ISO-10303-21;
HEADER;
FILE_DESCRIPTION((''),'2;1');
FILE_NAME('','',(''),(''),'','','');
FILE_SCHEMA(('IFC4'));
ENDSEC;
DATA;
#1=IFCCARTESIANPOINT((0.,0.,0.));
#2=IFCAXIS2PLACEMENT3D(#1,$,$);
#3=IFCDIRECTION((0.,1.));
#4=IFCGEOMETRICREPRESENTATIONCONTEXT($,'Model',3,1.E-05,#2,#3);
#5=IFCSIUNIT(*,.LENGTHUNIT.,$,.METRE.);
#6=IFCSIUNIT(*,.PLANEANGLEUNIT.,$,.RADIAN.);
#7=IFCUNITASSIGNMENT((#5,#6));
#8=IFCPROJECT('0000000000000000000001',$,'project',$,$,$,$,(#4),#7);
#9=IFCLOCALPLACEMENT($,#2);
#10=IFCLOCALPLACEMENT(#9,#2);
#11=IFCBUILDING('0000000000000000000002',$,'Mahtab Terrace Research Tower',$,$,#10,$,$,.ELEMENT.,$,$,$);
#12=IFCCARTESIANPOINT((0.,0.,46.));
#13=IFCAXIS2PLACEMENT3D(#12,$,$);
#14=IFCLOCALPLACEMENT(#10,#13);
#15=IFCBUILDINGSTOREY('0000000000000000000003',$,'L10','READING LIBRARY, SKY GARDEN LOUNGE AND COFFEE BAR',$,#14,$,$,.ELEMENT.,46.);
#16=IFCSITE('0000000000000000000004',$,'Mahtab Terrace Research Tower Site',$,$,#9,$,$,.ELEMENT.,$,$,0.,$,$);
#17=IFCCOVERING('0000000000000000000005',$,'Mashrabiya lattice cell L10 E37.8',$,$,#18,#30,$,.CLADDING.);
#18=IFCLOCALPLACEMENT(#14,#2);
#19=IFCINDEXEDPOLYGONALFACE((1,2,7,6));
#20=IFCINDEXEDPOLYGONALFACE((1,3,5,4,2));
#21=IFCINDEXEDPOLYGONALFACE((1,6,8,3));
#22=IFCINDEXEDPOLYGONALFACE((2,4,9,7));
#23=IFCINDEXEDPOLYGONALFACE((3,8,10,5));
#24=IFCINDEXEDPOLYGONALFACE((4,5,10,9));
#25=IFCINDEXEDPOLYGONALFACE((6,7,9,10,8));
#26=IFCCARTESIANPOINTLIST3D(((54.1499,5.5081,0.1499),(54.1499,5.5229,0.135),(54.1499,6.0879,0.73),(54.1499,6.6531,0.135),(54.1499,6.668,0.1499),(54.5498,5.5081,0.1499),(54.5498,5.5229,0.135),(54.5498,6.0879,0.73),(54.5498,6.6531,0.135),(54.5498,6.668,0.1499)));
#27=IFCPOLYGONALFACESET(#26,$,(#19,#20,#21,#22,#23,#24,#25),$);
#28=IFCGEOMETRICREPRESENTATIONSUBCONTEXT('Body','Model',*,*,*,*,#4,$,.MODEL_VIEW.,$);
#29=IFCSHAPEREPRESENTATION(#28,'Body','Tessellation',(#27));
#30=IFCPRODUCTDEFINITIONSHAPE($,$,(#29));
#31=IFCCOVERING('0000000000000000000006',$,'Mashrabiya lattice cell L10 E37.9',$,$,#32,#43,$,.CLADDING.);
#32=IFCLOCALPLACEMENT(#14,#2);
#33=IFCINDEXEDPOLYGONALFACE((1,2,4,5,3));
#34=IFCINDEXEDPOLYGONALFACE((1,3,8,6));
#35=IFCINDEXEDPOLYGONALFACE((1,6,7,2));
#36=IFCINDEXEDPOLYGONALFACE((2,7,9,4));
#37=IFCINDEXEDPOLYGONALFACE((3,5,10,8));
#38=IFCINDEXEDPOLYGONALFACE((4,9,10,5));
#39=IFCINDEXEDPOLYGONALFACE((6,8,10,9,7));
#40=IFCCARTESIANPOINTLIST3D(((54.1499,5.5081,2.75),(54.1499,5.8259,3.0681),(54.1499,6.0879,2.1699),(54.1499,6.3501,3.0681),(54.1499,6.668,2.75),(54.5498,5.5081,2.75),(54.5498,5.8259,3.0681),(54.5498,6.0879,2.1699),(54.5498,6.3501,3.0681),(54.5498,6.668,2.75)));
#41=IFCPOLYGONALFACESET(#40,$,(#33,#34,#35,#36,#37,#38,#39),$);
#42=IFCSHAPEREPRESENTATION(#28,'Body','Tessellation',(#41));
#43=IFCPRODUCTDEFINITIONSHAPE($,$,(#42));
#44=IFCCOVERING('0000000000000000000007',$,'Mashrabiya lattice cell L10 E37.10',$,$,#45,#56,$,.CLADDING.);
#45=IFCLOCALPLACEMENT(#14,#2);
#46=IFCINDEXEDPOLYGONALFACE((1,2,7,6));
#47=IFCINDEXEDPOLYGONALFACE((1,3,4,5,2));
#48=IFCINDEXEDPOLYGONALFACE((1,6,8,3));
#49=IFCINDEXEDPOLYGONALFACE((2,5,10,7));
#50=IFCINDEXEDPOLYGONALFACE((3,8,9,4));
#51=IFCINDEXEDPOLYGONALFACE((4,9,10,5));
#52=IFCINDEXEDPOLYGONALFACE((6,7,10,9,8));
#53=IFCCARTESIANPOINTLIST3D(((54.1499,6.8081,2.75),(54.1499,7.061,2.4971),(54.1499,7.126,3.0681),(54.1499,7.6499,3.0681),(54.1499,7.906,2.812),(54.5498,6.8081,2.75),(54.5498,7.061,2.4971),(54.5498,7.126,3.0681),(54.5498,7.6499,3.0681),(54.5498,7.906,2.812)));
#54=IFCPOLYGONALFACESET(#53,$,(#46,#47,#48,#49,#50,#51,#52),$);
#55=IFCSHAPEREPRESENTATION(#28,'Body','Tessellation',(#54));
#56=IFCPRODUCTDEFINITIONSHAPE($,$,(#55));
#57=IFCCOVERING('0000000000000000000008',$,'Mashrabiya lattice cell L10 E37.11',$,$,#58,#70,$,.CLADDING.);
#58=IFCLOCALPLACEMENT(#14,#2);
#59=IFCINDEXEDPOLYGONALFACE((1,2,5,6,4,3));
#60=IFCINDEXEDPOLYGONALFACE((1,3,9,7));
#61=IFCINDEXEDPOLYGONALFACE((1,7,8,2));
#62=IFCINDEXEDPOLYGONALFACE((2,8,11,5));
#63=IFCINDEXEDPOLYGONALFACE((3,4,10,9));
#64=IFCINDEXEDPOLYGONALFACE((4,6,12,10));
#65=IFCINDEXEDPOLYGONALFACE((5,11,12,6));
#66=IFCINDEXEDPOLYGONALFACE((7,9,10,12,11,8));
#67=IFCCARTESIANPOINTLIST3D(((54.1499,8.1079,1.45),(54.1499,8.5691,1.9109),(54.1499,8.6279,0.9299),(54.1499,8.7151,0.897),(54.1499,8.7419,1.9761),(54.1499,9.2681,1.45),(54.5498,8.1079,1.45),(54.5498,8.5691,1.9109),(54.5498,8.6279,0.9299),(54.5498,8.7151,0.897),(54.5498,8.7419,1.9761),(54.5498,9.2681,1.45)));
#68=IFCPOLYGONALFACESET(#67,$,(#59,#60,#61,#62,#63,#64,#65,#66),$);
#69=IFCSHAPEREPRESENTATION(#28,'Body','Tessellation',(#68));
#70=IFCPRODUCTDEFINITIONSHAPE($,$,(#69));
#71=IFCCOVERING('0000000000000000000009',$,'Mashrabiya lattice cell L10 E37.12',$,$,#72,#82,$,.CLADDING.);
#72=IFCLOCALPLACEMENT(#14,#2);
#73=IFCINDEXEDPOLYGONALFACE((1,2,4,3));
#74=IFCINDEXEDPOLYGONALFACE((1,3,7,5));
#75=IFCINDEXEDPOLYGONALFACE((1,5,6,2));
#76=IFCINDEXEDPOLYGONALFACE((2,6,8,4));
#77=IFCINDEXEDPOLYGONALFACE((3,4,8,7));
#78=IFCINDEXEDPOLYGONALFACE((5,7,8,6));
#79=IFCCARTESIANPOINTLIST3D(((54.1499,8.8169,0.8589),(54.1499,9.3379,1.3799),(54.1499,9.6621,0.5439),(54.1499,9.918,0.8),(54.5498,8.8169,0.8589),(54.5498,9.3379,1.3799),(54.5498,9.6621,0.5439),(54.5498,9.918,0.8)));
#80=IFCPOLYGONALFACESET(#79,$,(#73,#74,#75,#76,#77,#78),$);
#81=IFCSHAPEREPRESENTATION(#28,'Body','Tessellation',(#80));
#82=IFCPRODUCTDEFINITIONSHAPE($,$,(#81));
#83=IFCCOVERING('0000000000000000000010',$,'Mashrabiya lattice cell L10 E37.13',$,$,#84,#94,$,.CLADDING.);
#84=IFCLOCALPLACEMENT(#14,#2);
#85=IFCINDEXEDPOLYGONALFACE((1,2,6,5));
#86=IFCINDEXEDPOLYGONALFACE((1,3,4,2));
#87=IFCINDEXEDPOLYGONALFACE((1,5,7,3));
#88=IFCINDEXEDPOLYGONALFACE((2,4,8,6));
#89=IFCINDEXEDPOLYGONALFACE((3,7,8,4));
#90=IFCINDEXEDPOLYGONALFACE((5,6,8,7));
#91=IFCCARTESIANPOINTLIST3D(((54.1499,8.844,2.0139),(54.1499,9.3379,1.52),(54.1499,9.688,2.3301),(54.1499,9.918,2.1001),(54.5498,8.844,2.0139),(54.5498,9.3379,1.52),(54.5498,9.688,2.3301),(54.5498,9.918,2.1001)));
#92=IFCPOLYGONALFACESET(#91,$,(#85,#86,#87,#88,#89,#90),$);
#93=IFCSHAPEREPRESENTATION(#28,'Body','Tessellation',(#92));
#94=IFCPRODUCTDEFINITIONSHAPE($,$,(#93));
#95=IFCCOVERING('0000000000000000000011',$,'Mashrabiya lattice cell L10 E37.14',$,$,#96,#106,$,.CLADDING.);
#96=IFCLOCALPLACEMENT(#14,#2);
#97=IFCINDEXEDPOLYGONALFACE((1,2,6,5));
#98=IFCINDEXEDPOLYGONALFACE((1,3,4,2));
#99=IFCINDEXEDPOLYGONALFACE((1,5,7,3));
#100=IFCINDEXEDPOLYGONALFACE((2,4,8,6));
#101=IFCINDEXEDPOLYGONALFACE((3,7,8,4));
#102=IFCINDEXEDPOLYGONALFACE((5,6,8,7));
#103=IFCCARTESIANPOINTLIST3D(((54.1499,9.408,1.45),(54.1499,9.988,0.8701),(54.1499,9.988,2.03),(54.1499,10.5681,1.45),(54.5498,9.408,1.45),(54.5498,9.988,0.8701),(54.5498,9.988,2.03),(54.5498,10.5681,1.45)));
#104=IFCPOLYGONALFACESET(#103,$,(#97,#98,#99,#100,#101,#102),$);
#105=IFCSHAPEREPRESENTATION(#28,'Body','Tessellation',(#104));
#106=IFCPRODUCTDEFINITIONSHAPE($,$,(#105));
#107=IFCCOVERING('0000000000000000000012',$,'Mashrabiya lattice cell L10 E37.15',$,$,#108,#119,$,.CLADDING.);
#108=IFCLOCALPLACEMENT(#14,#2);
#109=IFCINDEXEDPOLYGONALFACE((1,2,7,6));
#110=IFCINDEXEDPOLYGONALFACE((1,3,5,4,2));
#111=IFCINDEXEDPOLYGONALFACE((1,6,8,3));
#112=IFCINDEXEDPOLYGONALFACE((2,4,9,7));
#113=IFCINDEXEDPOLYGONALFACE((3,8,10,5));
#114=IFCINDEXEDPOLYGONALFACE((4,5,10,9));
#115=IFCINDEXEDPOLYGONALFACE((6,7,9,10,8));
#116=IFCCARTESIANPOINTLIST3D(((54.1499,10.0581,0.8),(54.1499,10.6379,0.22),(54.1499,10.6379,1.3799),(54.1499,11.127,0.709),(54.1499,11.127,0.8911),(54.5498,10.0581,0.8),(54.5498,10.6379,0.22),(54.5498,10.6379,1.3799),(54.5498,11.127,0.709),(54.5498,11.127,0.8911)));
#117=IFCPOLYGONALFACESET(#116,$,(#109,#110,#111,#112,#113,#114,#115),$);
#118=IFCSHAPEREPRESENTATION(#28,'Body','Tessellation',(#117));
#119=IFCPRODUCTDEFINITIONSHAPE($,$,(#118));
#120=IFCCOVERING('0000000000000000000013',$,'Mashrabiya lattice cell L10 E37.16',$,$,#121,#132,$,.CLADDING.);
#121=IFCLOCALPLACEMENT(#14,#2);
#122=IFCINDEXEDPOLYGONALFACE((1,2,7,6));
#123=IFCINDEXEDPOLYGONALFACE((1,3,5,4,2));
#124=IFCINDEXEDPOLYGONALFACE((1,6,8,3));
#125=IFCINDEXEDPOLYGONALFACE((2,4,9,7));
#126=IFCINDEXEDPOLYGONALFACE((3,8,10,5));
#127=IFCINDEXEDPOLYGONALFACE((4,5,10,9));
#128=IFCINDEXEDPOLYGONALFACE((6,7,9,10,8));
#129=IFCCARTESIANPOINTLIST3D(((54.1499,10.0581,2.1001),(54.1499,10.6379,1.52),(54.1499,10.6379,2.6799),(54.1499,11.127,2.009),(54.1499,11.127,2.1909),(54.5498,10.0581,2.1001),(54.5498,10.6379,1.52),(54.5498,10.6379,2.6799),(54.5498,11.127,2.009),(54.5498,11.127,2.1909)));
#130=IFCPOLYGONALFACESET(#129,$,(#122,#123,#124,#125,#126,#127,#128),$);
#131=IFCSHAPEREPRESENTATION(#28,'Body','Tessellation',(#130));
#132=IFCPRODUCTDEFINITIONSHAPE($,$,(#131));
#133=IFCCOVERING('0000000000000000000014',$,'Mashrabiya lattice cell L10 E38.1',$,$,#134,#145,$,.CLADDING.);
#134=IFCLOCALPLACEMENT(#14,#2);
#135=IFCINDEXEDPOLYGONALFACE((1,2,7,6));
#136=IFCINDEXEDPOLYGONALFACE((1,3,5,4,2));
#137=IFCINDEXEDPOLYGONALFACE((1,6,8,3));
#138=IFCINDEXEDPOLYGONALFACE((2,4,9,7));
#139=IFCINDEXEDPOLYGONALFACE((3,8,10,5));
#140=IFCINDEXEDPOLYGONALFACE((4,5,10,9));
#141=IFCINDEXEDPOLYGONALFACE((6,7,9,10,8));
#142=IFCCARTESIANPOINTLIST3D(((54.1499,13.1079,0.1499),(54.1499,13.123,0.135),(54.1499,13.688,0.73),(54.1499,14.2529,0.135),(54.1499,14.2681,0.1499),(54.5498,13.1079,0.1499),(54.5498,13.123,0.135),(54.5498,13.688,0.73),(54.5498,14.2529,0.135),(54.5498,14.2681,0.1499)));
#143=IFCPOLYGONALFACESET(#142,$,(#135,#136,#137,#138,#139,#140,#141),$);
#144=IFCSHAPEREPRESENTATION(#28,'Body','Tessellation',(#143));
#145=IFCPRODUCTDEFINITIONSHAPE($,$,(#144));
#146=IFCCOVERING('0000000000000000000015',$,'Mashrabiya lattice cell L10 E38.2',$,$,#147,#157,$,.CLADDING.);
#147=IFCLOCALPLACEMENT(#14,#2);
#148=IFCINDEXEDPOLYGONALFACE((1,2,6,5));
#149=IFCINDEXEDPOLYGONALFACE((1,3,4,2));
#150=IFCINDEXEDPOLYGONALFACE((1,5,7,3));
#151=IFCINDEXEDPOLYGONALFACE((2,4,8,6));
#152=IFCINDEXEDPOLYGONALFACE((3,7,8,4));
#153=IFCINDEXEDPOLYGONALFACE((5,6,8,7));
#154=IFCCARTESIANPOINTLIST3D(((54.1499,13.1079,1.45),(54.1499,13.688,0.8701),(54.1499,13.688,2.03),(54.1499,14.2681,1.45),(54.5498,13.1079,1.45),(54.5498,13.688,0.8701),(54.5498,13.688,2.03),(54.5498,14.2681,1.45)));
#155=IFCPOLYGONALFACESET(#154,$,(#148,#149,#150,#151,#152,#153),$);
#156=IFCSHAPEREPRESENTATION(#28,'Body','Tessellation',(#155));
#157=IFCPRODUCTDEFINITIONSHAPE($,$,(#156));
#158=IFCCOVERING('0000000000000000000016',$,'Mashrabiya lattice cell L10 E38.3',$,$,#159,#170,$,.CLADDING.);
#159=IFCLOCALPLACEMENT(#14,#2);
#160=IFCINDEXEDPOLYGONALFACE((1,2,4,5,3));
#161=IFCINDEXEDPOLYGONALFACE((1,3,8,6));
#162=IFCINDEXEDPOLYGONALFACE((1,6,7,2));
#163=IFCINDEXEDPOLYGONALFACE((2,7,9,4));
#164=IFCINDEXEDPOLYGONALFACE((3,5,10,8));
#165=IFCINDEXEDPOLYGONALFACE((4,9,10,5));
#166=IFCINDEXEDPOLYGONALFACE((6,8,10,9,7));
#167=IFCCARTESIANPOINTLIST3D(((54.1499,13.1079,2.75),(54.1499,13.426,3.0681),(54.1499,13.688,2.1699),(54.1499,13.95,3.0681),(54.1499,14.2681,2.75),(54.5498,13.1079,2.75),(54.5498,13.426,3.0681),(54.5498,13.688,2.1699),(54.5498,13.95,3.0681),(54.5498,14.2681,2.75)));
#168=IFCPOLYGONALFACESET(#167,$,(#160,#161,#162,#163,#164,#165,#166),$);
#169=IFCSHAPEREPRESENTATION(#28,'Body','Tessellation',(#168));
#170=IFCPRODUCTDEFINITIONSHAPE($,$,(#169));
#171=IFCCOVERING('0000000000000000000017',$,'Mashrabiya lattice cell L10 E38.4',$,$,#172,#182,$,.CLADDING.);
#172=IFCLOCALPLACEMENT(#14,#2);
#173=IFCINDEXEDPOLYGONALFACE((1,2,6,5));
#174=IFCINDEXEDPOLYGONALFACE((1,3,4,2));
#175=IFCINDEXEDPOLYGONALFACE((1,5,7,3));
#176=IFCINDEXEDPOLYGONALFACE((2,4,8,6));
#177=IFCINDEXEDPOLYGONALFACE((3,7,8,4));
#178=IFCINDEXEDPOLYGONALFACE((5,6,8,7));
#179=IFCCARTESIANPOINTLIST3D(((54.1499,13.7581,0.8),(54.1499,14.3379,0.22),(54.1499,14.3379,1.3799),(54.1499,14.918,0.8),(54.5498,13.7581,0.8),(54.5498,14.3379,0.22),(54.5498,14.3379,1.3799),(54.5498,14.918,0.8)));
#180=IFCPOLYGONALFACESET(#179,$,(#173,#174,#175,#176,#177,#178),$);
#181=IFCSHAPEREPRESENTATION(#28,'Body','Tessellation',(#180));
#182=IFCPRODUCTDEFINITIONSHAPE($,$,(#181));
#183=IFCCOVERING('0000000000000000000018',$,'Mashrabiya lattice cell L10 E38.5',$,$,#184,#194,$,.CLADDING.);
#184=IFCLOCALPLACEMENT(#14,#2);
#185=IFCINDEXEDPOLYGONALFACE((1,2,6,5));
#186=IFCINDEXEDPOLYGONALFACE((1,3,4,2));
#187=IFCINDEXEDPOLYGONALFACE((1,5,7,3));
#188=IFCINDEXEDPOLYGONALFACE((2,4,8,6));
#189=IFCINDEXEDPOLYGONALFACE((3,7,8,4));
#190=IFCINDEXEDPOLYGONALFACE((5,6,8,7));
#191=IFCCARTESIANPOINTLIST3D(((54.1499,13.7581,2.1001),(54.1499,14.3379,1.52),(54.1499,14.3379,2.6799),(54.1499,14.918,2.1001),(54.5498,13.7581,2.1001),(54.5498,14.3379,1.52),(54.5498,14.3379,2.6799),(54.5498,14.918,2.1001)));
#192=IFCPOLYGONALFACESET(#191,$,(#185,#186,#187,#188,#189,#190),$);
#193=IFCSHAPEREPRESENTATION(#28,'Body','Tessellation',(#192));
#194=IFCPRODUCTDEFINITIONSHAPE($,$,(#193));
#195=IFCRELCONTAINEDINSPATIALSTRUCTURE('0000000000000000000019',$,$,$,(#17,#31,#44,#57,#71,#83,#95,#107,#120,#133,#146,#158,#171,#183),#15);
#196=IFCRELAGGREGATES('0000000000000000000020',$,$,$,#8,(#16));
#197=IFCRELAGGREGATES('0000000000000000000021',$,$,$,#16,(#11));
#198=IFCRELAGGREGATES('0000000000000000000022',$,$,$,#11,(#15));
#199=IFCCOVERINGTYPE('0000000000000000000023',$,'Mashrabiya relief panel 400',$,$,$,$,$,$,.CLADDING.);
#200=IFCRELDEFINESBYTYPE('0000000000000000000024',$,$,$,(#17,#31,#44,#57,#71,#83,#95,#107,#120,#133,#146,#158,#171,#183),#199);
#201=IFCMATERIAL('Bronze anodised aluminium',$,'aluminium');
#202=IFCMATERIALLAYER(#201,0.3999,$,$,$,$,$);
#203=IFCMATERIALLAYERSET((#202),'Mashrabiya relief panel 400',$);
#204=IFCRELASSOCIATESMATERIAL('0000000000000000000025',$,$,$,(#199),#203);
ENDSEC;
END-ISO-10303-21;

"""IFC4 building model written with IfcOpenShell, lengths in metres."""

from ifc_helpers import new_model, si_unit, direction, frame, origin, place, context, subcontext, project, spatial, polyline, outline, extrude, material, layer, layer_set, type_object, element, save


model = new_model("IFC4")

# Units and contexts
model_context = context("Model", 3, precision=1e-05, world=origin(), true_north=direction((0.0, 1.0)))
body_context = subcontext(model_context, "Body", "Model", "MODEL_VIEW")
ifc_project = project(units=[si_unit("LENGTHUNIT", "METRE"), si_unit("PLANEANGLEUNIT", "RADIAN")], contexts=[model_context])

# Site, building, storey
site_placement = place(None, origin())
site = spatial("IfcSite", under=ifc_project, at=site_placement, Name="Mahtab Terrace Research Tower Site", CompositionType="ELEMENT", RefElevation=0.0)
building_placement = place(site_placement, origin())
building = spatial("IfcBuilding", under=site, at=building_placement, Name="Mahtab Terrace Research Tower", CompositionType="ELEMENT")
storey_placement = place(building_placement, frame((0.0, 0.0, 46.0)))
storey = spatial("IfcBuildingStorey", under=building, at=storey_placement, Name="L10", Description="READING LIBRARY, SKY GARDEN LOUNGE AND COFFEE BAR", CompositionType="ELEMENT", Elevation=46.0)

# Coverings
ifc_material_1 = material(Name="Bronze anodised aluminium", Category="aluminium")
ifc_layer_1 = layer(ifc_material_1, 0.3999)
ifc_layer_set_1 = layer_set([ifc_layer_1], Name="Mashrabiya relief panel 400")
covering_type_1 = type_object("IfcCoveringType", Name="Mashrabiya relief panel 400", PredefinedType="CLADDING", material=ifc_layer_set_1)
covering_1_placement = place(storey_placement, frame((54.1499, 5.5081, 0.1499), z_axis=(-1.0, 0.0, 0.0), x_axis=(0.0, 0.706958, 0.707256)))
element("IfcCovering", 1, at=covering_1_placement, inside=storey, type_object=covering_type_1, Name="Mashrabiya lattice cell L10 E37.8", PredefinedType="CLADDING", context=body_context, shape_type="SweptSolid", body=[
    extrude(outline(polyline([(0.0, 0.0), (0.8202, 0.0), (0.82, 0.8204), (0.7989, 0.8203), (0.0, 0.0211), (0.0, 0.0)])), origin(), (0.0, 0.0, -1.0), 0.3999),
])
covering_2_placement = place(storey_placement, frame((54.1499, 6.668, 2.75), z_axis=(-1.0, 0.0, 0.0), x_axis=(0.0, -0.707107, -0.707107)))
element("IfcCovering", 2, at=covering_2_placement, inside=storey, type_object=covering_type_1, Name="Mashrabiya lattice cell L10 E37.9", PredefinedType="CLADDING", context=body_context, shape_type="SweptSolid", body=[
    extrude(outline(polyline([(0.0, 0.0), (0.8204, 0.0), (0.8202, 0.8202), (0.3705, 0.8204), (-0.0002, 0.4497), (0.0, 0.0)])), origin(), (0.0, 0.0, -1.0), 0.3999),
])
covering_3_placement = place(storey_placement, frame((54.1499, 6.8081, 2.75), z_axis=(-1.0, 0.0, 0.0), x_axis=(0.0, 0.706835, 0.707378)))
element("IfcCovering", 3, at=covering_3_placement, inside=storey, type_object=covering_type_1, Name="Mashrabiya lattice cell L10 E37.10", PredefinedType="CLADDING", context=body_context, shape_type="SweptSolid", body=[
    extrude(outline(polyline([(0.0, 0.0), (0.4497, 0.0), (0.82, 0.3706), (0.8199, 0.7328), (-0.0001, 0.3577), (0.0, 0.0)])), origin(), (0.0, 0.0, -1.0), 0.3999),
])
covering_4_placement = place(storey_placement, frame((54.1499, 8.1079, 1.45), z_axis=(-1.0, 0.0, 0.0), x_axis=(0.0, 0.707294, 0.70692)))
element("IfcCovering", 4, at=covering_4_placement, inside=storey, type_object=covering_type_1, Name="Mashrabiya lattice cell L10 E37.11", PredefinedType="CLADDING", context=body_context, shape_type="SweptSolid", body=[
    extrude(outline(polyline([(0.0, 0.0), (0.652, 0.0), (0.8204, 0.0761), (0.8206, 0.8201), (0.0385, 0.8203), (0.0002, 0.7354), (0.0, 0.0)])), origin(), (0.0, 0.0, -1.0), 0.3999),
])
covering_5_placement = place(storey_placement, frame((54.1499, 9.3379, 1.3799), z_axis=(-1.0, 0.0, 0.0), x_axis=(0.0, 0.707256, -0.706958)))
element("IfcCovering", 5, at=covering_5_placement, inside=storey, type_object=covering_type_1, Name="Mashrabiya lattice cell L10 E37.12", PredefinedType="CLADDING", context=body_context, shape_type="SweptSolid", body=[
    extrude(outline(polyline([(0.0, 0.0), (0.8202, 0.0), (0.8203, 0.362), (-0.0002, 0.7368), (0.0, 0.0)])), origin(), (0.0, 0.0, -1.0), 0.3999),
])
covering_6_placement = place(storey_placement, frame((54.1499, 9.918, 2.1001), z_axis=(-1.0, 0.0, 0.0), x_axis=(0.0, -0.707107, -0.707107)))
element("IfcCovering", 6, at=covering_6_placement, inside=storey, type_object=covering_type_1, Name="Mashrabiya lattice cell L10 E37.13", PredefinedType="CLADDING", context=body_context, shape_type="SweptSolid", body=[
    extrude(outline(polyline([(0.0, 0.0), (0.8204, 0.0), (0.8204, 0.6985), (0.0, 0.3252), (0.0, 0.0)])), origin(), (0.0, 0.0, -1.0), 0.3999),
])
covering_7_placement = place(storey_placement, frame((54.1499, 9.988, 2.03), z_axis=(-1.0, 0.0, 0.0), x_axis=(0.0, 0.707107, -0.707107)))
element("IfcCovering", 7, at=covering_7_placement, inside=storey, type_object=covering_type_1, Name="Mashrabiya lattice cell L10 E37.14", PredefinedType="CLADDING", context=body_context, shape_type="SweptSolid", body=[
    extrude(outline(polyline([(0.0, 0.0), (0.8204, 0.0), (0.8202, 0.8202), (0.0, 0.8204), (0.0, 0.0)])), origin(), (0.0, 0.0, -1.0), 0.3999),
])
covering_8_placement = place(storey_placement, frame((54.1499, 10.6379, 0.22), z_axis=(-1.0, 0.0, 0.0), x_axis=(0.0, -0.706958, 0.707256)))
element("IfcCovering", 8, at=covering_8_placement, inside=storey, type_object=covering_type_1, Name="Mashrabiya lattice cell L10 E37.15", PredefinedType="CLADDING", context=body_context, shape_type="SweptSolid", body=[
    extrude(outline(polyline([(0.0, 0.0), (0.8202, 0.0), (0.8204, 0.82), (0.129, 0.8203), (0.0001, 0.6916), (0.0, 0.0)])), origin(), (0.0, 0.0, -1.0), 0.3999),
])
covering_9_placement = place(storey_placement, frame((54.1499, 10.6379, 1.52), z_axis=(-1.0, 0.0, 0.0), x_axis=(0.0, -0.706958, 0.707256)))
element("IfcCovering", 9, at=covering_9_placement, inside=storey, type_object=covering_type_1, Name="Mashrabiya lattice cell L10 E37.16", PredefinedType="CLADDING", context=body_context, shape_type="SweptSolid", body=[
    extrude(outline(polyline([(0.0, 0.0), (0.8202, 0.0), (0.8204, 0.82), (0.1288, 0.8202), (0.0001, 0.6916), (0.0, 0.0)])), origin(), (0.0, 0.0, -1.0), 0.3999),
])
covering_10_placement = place(storey_placement, frame((54.1499, 13.1079, 0.1499), z_axis=(-1.0, 0.0, 0.0), x_axis=(0.0, 0.707107, 0.707107)))
element("IfcCovering", 10, at=covering_10_placement, inside=storey, type_object=covering_type_1, Name="Mashrabiya lattice cell L10 E38.1", PredefinedType="CLADDING", context=body_context, shape_type="SweptSolid", body=[
    extrude(outline(polyline([(0.0, 0.0), (0.8204, 0.0), (0.8204, 0.8204), (0.7991, 0.8202), (0.0002, 0.0212), (0.0, 0.0)])), origin(), (0.0, 0.0, -1.0), 0.3999),
])
covering_11_placement = place(storey_placement, frame((54.1499, 13.688, 2.03), z_axis=(-1.0, 0.0, 0.0), x_axis=(0.0, 0.707107, -0.707107)))
element("IfcCovering", 11, at=covering_11_placement, inside=storey, type_object=covering_type_1, Name="Mashrabiya lattice cell L10 E38.2", PredefinedType="CLADDING", context=body_context, shape_type="SweptSolid", body=[
    extrude(outline(polyline([(0.0, 0.0), (0.8204, 0.0), (0.8202, 0.8202), (0.0, 0.8204), (0.0, 0.0)])), origin(), (0.0, 0.0, -1.0), 0.3999),
])
covering_12_placement = place(storey_placement, frame((54.1499, 14.2681, 2.75), z_axis=(-1.0, 0.0, 0.0), x_axis=(0.0, -0.707107, -0.707107)))
element("IfcCovering", 12, at=covering_12_placement, inside=storey, type_object=covering_type_1, Name="Mashrabiya lattice cell L10 E38.3", PredefinedType="CLADDING", context=body_context, shape_type="SweptSolid", body=[
    extrude(outline(polyline([(0.0, 0.0), (0.8204, 0.0), (0.8204, 0.8204), (0.3705, 0.8204), (0.0, 0.4499), (0.0, 0.0)])), origin(), (0.0, 0.0, -1.0), 0.3999),
])
for number, where, z_axis, x_axis, name in (
    (13, (54.1499, 14.3379, 1.3799), (-1.0, 0.0, 0.0), (0.0, 0.707256, -0.706958), "Mashrabiya lattice cell L10 E38.4"),
    (14, (54.1499, 14.3379, 2.6799), (-1.0, 0.0, 0.0), (0.0, 0.707256, -0.706958), "Mashrabiya lattice cell L10 E38.5"),
):
    element("IfcCovering", number, at=place(storey_placement, frame(where, z_axis=z_axis, x_axis=x_axis)), inside=storey, type_object=covering_type_1, Name=name, PredefinedType="CLADDING", context=body_context, shape_type="SweptSolid", body=[
        extrude(outline(polyline([(0.0, 0.0), (0.8202, 0.0), (0.82, 0.8204), (-0.0002, 0.82), (0.0, 0.0)])), origin(), (0.0, 0.0, -1.0), 0.3999),
    ])

save(model, "model.ifc")
